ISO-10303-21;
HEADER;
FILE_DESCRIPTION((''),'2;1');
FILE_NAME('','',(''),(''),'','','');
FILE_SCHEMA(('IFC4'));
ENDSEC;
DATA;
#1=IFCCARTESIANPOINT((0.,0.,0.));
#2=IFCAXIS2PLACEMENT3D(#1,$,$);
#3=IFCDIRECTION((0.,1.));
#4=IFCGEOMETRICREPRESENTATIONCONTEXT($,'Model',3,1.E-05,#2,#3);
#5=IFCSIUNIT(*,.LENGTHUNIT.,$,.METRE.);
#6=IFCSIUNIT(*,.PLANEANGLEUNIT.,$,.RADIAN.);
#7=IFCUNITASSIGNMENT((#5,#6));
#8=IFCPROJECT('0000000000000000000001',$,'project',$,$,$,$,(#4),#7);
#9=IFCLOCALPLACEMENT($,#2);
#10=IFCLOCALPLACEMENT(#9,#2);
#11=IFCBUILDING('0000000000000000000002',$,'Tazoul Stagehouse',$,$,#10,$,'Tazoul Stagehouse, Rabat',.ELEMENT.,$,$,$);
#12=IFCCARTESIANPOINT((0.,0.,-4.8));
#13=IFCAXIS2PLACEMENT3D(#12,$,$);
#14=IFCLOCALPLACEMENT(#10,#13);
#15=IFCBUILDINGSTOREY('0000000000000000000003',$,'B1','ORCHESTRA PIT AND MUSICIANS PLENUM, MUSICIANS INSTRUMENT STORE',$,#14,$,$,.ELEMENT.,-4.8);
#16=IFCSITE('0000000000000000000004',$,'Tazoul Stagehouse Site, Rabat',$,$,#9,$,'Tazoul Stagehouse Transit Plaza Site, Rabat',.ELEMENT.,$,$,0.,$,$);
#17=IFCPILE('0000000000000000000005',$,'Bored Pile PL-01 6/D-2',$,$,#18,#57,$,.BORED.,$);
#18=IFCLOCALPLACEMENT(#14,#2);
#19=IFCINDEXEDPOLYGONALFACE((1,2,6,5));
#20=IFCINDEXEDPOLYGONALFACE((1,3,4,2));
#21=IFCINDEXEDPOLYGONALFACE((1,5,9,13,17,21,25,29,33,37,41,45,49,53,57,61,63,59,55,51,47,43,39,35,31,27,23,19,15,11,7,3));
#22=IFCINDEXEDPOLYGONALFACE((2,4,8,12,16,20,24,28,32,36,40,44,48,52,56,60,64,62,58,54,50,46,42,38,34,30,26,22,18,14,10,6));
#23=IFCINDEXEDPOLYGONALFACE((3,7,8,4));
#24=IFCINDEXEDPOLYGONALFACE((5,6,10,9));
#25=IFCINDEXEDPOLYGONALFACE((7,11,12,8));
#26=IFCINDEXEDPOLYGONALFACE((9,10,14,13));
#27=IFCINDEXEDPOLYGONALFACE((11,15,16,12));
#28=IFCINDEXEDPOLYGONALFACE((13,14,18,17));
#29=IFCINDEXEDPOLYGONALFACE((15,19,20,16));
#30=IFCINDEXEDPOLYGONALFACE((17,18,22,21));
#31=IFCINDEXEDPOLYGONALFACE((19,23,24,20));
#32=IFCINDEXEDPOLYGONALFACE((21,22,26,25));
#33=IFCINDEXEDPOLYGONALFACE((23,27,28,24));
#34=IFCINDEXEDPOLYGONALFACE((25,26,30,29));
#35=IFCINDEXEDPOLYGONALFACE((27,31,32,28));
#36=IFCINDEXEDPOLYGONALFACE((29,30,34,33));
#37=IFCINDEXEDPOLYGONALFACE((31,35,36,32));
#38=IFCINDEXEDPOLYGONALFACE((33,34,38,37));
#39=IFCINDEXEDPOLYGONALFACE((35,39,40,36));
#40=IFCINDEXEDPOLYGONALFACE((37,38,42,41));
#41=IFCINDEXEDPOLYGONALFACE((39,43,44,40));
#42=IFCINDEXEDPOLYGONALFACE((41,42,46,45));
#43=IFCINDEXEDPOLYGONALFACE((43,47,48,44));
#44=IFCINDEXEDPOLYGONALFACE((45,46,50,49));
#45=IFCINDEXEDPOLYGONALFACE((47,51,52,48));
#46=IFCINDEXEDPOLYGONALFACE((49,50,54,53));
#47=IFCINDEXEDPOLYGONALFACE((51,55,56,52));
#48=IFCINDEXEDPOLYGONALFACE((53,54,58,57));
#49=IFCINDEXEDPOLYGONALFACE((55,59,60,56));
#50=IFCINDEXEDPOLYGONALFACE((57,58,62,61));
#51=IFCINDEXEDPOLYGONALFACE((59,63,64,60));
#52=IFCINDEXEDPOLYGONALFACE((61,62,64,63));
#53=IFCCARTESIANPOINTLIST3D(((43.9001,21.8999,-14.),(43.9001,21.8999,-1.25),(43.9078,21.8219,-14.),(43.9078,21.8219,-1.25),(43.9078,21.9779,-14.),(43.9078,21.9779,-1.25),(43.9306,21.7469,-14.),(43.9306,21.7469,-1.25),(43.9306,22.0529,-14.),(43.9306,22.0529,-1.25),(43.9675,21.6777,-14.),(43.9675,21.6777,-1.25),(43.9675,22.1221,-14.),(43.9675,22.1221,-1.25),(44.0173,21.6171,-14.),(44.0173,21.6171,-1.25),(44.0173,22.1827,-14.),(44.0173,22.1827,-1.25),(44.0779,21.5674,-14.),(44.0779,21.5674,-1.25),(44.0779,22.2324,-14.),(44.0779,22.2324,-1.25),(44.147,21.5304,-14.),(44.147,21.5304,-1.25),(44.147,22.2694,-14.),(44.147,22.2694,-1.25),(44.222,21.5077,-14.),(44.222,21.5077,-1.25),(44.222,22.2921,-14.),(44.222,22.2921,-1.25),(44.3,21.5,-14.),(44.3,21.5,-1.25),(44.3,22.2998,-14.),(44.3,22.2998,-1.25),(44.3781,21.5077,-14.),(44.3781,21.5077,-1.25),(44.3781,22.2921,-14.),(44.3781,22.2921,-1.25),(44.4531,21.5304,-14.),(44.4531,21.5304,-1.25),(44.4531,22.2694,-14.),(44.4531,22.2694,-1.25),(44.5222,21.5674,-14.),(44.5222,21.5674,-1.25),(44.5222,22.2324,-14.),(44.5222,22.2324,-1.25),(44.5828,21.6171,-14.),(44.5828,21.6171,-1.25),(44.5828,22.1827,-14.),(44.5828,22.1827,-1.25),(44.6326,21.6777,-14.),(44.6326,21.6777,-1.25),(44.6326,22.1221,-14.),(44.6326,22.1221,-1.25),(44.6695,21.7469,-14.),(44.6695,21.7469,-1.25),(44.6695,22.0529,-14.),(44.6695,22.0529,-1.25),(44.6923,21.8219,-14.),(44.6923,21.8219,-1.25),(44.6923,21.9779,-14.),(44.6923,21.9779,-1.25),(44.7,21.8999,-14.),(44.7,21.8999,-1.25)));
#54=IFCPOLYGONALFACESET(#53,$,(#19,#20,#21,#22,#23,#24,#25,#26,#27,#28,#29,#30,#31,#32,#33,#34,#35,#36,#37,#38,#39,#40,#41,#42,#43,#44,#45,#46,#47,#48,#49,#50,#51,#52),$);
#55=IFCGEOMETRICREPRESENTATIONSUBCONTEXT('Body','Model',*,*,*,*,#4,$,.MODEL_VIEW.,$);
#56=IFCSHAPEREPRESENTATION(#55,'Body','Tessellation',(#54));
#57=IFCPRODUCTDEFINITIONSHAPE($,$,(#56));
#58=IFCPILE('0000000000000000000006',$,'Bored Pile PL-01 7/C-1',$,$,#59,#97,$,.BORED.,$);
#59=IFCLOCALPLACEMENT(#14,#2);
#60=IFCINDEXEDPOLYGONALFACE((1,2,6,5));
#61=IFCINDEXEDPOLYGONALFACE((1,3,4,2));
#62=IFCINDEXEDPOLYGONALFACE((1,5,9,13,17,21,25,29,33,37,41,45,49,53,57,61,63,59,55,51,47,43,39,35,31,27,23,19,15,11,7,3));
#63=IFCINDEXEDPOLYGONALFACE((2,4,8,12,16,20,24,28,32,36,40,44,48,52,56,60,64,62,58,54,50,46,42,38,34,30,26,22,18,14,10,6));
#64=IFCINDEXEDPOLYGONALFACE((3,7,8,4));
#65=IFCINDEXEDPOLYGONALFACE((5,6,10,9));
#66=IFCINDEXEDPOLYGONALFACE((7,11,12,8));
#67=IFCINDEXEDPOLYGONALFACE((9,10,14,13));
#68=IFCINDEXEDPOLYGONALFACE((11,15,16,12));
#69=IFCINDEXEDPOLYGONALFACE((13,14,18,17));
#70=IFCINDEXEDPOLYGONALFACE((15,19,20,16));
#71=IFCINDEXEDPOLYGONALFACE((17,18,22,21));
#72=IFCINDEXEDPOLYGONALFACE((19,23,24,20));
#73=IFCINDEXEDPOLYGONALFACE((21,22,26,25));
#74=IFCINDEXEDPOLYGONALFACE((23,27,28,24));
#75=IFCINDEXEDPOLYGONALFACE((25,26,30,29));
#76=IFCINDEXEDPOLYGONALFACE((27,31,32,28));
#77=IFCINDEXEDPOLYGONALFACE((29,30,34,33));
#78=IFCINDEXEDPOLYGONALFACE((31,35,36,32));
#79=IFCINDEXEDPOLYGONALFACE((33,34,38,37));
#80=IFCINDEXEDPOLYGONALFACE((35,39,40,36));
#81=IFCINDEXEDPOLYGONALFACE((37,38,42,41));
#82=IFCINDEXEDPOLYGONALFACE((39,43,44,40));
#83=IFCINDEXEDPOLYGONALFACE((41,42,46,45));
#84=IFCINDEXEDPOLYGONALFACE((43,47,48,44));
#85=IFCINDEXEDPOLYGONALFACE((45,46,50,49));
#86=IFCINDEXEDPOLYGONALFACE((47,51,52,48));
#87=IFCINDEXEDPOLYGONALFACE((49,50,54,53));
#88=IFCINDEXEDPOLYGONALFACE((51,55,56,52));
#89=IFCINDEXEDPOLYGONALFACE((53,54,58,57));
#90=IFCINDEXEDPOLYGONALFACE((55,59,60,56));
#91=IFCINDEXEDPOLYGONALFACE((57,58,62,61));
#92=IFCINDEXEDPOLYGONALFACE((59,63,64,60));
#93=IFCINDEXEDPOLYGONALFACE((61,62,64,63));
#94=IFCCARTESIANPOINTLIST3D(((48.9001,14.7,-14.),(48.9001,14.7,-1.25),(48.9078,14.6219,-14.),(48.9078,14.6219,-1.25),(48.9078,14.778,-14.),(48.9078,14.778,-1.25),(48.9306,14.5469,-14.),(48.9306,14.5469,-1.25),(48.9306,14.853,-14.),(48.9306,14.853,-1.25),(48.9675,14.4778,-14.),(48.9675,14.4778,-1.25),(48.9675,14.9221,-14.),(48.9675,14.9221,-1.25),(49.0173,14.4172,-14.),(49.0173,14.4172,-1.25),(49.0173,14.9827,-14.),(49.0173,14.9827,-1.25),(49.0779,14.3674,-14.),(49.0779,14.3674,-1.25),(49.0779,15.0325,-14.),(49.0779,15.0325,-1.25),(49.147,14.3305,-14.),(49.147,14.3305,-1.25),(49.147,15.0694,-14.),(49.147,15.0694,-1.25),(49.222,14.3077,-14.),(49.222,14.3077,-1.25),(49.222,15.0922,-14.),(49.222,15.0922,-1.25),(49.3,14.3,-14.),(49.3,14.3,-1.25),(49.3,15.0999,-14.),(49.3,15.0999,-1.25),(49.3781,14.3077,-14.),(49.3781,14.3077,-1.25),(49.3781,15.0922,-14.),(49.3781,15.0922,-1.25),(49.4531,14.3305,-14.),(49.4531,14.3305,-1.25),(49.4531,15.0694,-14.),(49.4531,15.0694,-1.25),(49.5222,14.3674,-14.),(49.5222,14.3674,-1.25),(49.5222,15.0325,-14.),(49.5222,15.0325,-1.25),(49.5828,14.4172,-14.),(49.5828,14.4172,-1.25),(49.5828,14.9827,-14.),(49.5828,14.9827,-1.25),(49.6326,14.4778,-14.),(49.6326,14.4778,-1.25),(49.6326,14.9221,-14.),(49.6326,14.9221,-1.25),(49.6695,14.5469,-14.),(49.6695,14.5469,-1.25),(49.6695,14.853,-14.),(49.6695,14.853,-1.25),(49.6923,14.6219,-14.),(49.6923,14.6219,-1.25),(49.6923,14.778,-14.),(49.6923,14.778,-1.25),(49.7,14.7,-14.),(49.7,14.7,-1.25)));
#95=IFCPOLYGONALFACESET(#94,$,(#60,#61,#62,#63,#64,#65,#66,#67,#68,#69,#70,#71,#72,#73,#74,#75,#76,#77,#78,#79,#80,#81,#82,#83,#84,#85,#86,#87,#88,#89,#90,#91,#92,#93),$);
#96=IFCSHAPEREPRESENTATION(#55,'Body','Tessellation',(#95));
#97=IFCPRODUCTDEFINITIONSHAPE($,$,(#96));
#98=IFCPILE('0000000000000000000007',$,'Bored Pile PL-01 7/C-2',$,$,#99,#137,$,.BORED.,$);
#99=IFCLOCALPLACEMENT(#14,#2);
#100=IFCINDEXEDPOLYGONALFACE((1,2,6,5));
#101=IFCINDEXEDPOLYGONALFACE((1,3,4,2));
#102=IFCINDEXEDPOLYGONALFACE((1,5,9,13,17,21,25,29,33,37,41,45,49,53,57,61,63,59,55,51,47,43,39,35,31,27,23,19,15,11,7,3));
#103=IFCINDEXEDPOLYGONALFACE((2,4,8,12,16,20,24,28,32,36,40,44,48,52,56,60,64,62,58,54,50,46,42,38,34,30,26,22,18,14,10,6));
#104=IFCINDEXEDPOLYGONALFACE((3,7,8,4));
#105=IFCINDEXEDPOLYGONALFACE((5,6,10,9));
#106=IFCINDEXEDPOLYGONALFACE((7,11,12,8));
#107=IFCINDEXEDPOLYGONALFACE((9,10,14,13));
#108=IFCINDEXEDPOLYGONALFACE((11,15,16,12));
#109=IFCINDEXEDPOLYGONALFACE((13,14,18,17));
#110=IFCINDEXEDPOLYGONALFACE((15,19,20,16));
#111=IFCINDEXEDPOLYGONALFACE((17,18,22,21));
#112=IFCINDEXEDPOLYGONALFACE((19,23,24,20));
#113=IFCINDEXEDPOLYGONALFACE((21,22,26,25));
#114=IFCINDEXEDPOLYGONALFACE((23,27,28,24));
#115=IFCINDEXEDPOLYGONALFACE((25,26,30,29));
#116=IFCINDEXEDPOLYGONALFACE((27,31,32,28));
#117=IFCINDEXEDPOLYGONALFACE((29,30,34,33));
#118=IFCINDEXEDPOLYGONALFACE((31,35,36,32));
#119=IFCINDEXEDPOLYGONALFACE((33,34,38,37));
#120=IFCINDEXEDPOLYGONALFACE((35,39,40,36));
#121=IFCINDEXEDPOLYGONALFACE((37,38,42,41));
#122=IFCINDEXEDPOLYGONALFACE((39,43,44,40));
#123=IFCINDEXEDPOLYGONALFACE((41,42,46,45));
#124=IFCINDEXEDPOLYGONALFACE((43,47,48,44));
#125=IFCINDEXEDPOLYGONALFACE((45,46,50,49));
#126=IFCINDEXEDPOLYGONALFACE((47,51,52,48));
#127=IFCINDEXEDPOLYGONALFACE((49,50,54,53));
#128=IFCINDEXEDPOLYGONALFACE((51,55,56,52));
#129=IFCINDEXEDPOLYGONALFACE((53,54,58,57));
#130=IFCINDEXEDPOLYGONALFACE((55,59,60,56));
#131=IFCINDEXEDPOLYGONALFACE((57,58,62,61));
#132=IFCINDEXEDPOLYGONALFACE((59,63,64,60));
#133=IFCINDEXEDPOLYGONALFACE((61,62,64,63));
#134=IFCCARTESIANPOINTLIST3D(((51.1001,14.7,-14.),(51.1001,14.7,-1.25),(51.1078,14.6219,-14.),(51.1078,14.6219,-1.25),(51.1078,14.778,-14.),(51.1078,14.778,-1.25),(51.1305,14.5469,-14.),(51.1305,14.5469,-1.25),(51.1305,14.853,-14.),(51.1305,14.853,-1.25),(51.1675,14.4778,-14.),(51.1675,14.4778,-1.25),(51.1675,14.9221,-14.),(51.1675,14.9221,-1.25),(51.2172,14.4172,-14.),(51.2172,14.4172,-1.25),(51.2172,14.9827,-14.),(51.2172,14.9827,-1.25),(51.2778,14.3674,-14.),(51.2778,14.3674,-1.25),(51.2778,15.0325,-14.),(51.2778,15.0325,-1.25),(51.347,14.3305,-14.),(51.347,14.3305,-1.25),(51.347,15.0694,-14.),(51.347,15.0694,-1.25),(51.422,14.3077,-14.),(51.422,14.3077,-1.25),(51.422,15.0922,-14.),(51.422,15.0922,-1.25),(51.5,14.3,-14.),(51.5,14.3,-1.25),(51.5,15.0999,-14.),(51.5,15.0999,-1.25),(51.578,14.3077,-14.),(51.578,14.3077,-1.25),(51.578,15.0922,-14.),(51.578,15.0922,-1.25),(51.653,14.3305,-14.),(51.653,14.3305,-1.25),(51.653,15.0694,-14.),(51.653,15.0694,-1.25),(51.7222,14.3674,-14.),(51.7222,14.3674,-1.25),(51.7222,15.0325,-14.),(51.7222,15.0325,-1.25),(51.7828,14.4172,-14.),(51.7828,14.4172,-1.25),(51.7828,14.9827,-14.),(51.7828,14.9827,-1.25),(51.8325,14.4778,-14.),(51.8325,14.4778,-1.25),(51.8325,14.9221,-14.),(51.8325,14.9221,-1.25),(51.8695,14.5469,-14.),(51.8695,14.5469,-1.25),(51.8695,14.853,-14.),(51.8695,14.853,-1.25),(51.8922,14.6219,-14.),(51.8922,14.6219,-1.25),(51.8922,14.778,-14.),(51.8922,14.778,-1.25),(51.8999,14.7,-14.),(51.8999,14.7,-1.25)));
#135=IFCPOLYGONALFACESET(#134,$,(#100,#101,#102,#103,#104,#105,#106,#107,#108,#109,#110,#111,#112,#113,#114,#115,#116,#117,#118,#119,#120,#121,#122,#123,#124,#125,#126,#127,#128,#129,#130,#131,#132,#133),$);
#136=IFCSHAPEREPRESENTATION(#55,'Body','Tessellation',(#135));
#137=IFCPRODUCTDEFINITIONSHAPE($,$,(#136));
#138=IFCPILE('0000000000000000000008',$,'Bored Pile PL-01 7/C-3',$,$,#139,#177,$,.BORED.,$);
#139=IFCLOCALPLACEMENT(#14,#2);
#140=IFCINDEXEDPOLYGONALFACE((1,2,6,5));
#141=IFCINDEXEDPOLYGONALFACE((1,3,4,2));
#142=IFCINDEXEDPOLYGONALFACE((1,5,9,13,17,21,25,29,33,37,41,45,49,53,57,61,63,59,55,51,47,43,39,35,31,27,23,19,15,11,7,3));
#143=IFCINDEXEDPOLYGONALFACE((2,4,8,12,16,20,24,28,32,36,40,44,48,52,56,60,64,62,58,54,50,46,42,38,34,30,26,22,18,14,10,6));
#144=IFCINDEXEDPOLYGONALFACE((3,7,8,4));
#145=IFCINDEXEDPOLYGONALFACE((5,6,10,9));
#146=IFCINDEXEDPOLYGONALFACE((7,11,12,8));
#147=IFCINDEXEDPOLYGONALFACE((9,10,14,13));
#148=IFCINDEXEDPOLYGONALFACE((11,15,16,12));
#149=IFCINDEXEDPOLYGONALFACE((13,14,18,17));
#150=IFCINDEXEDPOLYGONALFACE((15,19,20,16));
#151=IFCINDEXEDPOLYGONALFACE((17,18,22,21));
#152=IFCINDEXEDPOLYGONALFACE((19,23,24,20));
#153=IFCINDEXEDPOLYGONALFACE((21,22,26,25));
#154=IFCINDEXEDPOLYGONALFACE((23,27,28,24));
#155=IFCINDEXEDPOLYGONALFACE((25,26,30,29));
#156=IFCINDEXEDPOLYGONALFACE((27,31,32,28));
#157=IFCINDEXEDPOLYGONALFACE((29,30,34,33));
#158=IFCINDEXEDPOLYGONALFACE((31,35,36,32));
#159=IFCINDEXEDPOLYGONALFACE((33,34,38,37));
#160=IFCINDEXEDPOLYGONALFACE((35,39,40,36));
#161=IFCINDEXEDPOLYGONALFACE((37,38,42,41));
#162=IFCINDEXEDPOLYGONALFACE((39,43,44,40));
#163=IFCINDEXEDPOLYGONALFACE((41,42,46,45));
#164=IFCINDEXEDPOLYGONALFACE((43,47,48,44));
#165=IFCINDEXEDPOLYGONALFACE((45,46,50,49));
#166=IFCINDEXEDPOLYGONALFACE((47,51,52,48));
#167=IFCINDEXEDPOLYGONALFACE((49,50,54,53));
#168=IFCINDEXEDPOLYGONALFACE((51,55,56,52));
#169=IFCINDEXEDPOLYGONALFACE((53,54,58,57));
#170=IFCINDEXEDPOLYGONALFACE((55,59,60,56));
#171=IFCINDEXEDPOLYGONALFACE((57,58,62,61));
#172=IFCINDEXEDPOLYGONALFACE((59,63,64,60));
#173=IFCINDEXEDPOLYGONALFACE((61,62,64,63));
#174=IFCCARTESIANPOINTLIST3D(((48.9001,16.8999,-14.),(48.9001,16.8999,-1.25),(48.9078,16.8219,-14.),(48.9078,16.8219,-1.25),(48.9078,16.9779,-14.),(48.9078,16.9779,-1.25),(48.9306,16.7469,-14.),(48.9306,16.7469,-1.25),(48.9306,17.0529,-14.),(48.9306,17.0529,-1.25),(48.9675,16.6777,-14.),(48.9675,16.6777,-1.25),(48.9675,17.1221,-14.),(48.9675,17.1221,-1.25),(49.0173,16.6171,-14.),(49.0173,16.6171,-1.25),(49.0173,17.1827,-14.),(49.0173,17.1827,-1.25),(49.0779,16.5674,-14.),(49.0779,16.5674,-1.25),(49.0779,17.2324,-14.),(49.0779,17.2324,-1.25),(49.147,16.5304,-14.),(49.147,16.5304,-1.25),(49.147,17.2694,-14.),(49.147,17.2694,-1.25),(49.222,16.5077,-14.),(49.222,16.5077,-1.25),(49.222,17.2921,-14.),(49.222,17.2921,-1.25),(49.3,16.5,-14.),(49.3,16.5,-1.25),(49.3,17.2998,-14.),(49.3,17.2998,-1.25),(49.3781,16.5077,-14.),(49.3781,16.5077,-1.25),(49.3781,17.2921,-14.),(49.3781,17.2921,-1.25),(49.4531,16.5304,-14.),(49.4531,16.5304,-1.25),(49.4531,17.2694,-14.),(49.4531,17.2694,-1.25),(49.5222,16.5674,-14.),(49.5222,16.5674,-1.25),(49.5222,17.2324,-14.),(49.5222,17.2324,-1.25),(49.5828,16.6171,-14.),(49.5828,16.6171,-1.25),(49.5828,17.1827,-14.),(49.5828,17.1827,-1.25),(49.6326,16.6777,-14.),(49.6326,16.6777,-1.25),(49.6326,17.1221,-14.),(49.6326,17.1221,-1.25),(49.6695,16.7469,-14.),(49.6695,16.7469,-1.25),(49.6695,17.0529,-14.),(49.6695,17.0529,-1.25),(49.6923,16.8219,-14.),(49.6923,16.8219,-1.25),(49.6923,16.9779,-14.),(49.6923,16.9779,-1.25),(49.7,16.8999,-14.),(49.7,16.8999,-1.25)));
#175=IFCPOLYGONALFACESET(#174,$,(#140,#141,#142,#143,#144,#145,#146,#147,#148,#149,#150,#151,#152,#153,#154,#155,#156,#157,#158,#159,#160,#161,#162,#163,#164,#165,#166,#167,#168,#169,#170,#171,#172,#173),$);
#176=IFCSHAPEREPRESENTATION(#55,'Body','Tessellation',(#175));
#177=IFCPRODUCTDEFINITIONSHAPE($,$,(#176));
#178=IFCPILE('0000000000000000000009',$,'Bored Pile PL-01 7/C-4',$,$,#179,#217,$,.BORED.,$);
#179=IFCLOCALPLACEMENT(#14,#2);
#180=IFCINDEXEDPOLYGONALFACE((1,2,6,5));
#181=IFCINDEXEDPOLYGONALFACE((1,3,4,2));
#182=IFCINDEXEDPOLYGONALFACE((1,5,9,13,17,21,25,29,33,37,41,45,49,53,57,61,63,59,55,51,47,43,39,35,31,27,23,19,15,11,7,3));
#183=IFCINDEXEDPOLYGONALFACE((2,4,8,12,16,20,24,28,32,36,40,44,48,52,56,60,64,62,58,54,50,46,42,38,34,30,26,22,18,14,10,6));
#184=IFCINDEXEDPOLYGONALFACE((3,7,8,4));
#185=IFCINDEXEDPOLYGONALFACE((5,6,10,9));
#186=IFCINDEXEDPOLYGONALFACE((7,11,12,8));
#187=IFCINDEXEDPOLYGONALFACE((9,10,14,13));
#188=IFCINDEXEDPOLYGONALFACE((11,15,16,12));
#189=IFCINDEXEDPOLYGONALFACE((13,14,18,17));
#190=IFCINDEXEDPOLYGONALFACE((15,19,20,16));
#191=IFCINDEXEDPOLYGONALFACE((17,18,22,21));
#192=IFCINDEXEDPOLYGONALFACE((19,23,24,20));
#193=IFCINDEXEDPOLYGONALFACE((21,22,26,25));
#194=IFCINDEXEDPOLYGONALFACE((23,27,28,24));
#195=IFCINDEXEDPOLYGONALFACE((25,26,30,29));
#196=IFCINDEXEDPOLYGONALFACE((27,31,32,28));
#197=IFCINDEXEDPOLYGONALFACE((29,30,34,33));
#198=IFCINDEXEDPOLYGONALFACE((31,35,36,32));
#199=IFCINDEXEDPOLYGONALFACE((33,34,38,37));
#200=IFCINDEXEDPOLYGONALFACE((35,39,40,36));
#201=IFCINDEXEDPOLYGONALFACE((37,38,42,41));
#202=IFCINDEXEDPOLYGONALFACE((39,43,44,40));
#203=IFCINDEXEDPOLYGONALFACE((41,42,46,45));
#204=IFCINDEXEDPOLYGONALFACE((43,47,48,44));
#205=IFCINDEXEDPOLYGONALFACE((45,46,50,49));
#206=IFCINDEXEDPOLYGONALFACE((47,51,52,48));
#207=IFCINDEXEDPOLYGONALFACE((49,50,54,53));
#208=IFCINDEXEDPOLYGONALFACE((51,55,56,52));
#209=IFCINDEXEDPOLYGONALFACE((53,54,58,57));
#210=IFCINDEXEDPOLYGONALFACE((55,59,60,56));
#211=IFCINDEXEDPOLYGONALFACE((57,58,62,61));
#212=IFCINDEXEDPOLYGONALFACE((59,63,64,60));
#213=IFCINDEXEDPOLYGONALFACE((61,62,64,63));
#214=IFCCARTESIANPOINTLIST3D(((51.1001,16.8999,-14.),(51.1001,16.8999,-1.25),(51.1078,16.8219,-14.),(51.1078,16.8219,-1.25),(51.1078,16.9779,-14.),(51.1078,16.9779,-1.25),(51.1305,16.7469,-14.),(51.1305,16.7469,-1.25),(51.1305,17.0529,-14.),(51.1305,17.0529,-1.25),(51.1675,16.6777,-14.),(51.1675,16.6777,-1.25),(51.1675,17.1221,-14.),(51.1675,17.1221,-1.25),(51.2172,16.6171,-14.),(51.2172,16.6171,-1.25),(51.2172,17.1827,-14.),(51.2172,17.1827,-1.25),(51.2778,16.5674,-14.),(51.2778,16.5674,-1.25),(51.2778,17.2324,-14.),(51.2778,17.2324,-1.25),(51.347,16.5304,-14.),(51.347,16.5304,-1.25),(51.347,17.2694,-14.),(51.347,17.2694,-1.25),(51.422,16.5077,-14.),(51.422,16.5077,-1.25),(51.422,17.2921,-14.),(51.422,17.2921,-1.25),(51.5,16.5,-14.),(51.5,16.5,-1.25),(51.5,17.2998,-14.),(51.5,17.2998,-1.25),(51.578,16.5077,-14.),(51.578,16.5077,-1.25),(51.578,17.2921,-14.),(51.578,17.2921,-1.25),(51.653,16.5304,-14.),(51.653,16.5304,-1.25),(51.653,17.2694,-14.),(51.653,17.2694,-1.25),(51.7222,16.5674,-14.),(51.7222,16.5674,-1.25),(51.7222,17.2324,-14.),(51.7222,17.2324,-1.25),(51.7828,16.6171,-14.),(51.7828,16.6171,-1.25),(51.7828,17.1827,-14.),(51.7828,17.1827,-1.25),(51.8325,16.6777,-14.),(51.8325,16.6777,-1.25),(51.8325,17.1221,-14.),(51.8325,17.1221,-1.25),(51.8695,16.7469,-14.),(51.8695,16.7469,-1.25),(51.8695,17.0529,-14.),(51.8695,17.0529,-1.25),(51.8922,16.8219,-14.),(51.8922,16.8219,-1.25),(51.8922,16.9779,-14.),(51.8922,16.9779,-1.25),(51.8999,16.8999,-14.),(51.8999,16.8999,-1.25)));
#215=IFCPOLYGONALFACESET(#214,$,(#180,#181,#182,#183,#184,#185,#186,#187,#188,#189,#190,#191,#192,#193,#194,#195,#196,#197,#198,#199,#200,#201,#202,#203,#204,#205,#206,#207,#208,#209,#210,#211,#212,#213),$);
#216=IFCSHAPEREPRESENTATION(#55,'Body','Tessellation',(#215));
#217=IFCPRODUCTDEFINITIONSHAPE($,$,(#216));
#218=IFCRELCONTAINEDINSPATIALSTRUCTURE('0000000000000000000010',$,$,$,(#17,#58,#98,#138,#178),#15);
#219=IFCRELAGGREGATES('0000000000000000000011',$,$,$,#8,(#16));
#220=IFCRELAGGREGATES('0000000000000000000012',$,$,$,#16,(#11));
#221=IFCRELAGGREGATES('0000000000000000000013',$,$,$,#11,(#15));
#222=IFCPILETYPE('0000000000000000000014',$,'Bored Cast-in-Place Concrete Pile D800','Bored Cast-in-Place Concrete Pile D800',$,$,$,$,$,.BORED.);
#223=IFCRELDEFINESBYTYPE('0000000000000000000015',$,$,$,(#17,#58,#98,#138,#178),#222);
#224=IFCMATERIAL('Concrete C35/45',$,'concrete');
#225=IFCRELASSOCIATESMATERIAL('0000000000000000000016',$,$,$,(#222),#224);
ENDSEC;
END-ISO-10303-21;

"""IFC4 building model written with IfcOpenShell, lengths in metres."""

from ifc_helpers import new_model, si_unit, direction, frame, origin, origin_2d, place, context, subcontext, project, spatial, circle, extrude, material, material_profile, profile_set, type_object, element, save


model = new_model("IFC4")

# Units and contexts
model_context = context("Model", 3, precision=1e-05, world=origin(), true_north=direction((0.0, 1.0)))
body_context = subcontext(model_context, "Body", "Model", "MODEL_VIEW")
ifc_project = project(units=[si_unit("LENGTHUNIT", "METRE"), si_unit("PLANEANGLEUNIT", "RADIAN")], contexts=[model_context])

# Site, building, storey
site_placement = place(None, origin())
site = spatial("IfcSite", under=ifc_project, at=site_placement, Name="Tazoul Stagehouse Site, Rabat", LongName="Tazoul Stagehouse Transit Plaza Site, Rabat", CompositionType="ELEMENT", RefElevation=0.0)
building_placement = place(site_placement, origin())
building = spatial("IfcBuilding", under=site, at=building_placement, Name="Tazoul Stagehouse", LongName="Tazoul Stagehouse, Rabat", CompositionType="ELEMENT")
storey_placement = place(building_placement, frame((0.0, 0.0, -4.8)))
storey = spatial("IfcBuildingStorey", under=building, at=storey_placement, Name="B1", Description="ORCHESTRA PIT AND MUSICIANS PLENUM, MUSICIANS INSTRUMENT STORE", CompositionType="ELEMENT", Elevation=-4.8)

# Piles
ifc_material_1 = material(Name="Concrete C35/45", Category="concrete")
ifc_material_profile_1 = material_profile(ifc_material_1, circle(Radius=0.3999, at=origin_2d()), Name="BORED PILE 800")
ifc_profile_set_1 = profile_set([ifc_material_profile_1], Name="Concrete C35/45")
pile_type = type_object("IfcPileType", Name="Bored Cast-in-Place Concrete Pile D800", Description="Bored Cast-in-Place Concrete Pile D800", PredefinedType="BORED", material=ifc_profile_set_1)
for number, where, z_axis, x_axis, name in (
    (1, (44.3, 21.8999, -1.25), (0.0, 0.0, -1.0), (1.0, 0.0, 0.0), "Bored Pile PL-01 6/D-2"),
    (2, (49.3, 14.7, -1.25), (0.0, 0.0, -1.0), (1.0, 0.0, 0.0), "Bored Pile PL-01 7/C-1"),
    (3, (51.5, 14.7, -1.25), (0.0, 0.0, -1.0), (1.0, 0.0, 0.0), "Bored Pile PL-01 7/C-2"),
    (4, (49.3, 16.8999, -1.25), (0.0, 0.0, -1.0), (1.0, 0.0, 0.0), "Bored Pile PL-01 7/C-3"),
    (5, (51.5, 16.8999, -1.25), (0.0, 0.0, -1.0), (1.0, 0.0, 0.0), "Bored Pile PL-01 7/C-4"),
):
    element("IfcPile", number, at=place(storey_placement, frame(where, z_axis=z_axis, x_axis=x_axis)), inside=storey, type_object=pile_type, Name=name, PredefinedType="BORED", context=body_context, shape_type="SweptSolid", body=[
        extrude(circle(Radius=0.3999, at=origin_2d()), origin(), (0.0, 0.0, 1.0), 12.75),
    ])

save(model, "model.ifc")
